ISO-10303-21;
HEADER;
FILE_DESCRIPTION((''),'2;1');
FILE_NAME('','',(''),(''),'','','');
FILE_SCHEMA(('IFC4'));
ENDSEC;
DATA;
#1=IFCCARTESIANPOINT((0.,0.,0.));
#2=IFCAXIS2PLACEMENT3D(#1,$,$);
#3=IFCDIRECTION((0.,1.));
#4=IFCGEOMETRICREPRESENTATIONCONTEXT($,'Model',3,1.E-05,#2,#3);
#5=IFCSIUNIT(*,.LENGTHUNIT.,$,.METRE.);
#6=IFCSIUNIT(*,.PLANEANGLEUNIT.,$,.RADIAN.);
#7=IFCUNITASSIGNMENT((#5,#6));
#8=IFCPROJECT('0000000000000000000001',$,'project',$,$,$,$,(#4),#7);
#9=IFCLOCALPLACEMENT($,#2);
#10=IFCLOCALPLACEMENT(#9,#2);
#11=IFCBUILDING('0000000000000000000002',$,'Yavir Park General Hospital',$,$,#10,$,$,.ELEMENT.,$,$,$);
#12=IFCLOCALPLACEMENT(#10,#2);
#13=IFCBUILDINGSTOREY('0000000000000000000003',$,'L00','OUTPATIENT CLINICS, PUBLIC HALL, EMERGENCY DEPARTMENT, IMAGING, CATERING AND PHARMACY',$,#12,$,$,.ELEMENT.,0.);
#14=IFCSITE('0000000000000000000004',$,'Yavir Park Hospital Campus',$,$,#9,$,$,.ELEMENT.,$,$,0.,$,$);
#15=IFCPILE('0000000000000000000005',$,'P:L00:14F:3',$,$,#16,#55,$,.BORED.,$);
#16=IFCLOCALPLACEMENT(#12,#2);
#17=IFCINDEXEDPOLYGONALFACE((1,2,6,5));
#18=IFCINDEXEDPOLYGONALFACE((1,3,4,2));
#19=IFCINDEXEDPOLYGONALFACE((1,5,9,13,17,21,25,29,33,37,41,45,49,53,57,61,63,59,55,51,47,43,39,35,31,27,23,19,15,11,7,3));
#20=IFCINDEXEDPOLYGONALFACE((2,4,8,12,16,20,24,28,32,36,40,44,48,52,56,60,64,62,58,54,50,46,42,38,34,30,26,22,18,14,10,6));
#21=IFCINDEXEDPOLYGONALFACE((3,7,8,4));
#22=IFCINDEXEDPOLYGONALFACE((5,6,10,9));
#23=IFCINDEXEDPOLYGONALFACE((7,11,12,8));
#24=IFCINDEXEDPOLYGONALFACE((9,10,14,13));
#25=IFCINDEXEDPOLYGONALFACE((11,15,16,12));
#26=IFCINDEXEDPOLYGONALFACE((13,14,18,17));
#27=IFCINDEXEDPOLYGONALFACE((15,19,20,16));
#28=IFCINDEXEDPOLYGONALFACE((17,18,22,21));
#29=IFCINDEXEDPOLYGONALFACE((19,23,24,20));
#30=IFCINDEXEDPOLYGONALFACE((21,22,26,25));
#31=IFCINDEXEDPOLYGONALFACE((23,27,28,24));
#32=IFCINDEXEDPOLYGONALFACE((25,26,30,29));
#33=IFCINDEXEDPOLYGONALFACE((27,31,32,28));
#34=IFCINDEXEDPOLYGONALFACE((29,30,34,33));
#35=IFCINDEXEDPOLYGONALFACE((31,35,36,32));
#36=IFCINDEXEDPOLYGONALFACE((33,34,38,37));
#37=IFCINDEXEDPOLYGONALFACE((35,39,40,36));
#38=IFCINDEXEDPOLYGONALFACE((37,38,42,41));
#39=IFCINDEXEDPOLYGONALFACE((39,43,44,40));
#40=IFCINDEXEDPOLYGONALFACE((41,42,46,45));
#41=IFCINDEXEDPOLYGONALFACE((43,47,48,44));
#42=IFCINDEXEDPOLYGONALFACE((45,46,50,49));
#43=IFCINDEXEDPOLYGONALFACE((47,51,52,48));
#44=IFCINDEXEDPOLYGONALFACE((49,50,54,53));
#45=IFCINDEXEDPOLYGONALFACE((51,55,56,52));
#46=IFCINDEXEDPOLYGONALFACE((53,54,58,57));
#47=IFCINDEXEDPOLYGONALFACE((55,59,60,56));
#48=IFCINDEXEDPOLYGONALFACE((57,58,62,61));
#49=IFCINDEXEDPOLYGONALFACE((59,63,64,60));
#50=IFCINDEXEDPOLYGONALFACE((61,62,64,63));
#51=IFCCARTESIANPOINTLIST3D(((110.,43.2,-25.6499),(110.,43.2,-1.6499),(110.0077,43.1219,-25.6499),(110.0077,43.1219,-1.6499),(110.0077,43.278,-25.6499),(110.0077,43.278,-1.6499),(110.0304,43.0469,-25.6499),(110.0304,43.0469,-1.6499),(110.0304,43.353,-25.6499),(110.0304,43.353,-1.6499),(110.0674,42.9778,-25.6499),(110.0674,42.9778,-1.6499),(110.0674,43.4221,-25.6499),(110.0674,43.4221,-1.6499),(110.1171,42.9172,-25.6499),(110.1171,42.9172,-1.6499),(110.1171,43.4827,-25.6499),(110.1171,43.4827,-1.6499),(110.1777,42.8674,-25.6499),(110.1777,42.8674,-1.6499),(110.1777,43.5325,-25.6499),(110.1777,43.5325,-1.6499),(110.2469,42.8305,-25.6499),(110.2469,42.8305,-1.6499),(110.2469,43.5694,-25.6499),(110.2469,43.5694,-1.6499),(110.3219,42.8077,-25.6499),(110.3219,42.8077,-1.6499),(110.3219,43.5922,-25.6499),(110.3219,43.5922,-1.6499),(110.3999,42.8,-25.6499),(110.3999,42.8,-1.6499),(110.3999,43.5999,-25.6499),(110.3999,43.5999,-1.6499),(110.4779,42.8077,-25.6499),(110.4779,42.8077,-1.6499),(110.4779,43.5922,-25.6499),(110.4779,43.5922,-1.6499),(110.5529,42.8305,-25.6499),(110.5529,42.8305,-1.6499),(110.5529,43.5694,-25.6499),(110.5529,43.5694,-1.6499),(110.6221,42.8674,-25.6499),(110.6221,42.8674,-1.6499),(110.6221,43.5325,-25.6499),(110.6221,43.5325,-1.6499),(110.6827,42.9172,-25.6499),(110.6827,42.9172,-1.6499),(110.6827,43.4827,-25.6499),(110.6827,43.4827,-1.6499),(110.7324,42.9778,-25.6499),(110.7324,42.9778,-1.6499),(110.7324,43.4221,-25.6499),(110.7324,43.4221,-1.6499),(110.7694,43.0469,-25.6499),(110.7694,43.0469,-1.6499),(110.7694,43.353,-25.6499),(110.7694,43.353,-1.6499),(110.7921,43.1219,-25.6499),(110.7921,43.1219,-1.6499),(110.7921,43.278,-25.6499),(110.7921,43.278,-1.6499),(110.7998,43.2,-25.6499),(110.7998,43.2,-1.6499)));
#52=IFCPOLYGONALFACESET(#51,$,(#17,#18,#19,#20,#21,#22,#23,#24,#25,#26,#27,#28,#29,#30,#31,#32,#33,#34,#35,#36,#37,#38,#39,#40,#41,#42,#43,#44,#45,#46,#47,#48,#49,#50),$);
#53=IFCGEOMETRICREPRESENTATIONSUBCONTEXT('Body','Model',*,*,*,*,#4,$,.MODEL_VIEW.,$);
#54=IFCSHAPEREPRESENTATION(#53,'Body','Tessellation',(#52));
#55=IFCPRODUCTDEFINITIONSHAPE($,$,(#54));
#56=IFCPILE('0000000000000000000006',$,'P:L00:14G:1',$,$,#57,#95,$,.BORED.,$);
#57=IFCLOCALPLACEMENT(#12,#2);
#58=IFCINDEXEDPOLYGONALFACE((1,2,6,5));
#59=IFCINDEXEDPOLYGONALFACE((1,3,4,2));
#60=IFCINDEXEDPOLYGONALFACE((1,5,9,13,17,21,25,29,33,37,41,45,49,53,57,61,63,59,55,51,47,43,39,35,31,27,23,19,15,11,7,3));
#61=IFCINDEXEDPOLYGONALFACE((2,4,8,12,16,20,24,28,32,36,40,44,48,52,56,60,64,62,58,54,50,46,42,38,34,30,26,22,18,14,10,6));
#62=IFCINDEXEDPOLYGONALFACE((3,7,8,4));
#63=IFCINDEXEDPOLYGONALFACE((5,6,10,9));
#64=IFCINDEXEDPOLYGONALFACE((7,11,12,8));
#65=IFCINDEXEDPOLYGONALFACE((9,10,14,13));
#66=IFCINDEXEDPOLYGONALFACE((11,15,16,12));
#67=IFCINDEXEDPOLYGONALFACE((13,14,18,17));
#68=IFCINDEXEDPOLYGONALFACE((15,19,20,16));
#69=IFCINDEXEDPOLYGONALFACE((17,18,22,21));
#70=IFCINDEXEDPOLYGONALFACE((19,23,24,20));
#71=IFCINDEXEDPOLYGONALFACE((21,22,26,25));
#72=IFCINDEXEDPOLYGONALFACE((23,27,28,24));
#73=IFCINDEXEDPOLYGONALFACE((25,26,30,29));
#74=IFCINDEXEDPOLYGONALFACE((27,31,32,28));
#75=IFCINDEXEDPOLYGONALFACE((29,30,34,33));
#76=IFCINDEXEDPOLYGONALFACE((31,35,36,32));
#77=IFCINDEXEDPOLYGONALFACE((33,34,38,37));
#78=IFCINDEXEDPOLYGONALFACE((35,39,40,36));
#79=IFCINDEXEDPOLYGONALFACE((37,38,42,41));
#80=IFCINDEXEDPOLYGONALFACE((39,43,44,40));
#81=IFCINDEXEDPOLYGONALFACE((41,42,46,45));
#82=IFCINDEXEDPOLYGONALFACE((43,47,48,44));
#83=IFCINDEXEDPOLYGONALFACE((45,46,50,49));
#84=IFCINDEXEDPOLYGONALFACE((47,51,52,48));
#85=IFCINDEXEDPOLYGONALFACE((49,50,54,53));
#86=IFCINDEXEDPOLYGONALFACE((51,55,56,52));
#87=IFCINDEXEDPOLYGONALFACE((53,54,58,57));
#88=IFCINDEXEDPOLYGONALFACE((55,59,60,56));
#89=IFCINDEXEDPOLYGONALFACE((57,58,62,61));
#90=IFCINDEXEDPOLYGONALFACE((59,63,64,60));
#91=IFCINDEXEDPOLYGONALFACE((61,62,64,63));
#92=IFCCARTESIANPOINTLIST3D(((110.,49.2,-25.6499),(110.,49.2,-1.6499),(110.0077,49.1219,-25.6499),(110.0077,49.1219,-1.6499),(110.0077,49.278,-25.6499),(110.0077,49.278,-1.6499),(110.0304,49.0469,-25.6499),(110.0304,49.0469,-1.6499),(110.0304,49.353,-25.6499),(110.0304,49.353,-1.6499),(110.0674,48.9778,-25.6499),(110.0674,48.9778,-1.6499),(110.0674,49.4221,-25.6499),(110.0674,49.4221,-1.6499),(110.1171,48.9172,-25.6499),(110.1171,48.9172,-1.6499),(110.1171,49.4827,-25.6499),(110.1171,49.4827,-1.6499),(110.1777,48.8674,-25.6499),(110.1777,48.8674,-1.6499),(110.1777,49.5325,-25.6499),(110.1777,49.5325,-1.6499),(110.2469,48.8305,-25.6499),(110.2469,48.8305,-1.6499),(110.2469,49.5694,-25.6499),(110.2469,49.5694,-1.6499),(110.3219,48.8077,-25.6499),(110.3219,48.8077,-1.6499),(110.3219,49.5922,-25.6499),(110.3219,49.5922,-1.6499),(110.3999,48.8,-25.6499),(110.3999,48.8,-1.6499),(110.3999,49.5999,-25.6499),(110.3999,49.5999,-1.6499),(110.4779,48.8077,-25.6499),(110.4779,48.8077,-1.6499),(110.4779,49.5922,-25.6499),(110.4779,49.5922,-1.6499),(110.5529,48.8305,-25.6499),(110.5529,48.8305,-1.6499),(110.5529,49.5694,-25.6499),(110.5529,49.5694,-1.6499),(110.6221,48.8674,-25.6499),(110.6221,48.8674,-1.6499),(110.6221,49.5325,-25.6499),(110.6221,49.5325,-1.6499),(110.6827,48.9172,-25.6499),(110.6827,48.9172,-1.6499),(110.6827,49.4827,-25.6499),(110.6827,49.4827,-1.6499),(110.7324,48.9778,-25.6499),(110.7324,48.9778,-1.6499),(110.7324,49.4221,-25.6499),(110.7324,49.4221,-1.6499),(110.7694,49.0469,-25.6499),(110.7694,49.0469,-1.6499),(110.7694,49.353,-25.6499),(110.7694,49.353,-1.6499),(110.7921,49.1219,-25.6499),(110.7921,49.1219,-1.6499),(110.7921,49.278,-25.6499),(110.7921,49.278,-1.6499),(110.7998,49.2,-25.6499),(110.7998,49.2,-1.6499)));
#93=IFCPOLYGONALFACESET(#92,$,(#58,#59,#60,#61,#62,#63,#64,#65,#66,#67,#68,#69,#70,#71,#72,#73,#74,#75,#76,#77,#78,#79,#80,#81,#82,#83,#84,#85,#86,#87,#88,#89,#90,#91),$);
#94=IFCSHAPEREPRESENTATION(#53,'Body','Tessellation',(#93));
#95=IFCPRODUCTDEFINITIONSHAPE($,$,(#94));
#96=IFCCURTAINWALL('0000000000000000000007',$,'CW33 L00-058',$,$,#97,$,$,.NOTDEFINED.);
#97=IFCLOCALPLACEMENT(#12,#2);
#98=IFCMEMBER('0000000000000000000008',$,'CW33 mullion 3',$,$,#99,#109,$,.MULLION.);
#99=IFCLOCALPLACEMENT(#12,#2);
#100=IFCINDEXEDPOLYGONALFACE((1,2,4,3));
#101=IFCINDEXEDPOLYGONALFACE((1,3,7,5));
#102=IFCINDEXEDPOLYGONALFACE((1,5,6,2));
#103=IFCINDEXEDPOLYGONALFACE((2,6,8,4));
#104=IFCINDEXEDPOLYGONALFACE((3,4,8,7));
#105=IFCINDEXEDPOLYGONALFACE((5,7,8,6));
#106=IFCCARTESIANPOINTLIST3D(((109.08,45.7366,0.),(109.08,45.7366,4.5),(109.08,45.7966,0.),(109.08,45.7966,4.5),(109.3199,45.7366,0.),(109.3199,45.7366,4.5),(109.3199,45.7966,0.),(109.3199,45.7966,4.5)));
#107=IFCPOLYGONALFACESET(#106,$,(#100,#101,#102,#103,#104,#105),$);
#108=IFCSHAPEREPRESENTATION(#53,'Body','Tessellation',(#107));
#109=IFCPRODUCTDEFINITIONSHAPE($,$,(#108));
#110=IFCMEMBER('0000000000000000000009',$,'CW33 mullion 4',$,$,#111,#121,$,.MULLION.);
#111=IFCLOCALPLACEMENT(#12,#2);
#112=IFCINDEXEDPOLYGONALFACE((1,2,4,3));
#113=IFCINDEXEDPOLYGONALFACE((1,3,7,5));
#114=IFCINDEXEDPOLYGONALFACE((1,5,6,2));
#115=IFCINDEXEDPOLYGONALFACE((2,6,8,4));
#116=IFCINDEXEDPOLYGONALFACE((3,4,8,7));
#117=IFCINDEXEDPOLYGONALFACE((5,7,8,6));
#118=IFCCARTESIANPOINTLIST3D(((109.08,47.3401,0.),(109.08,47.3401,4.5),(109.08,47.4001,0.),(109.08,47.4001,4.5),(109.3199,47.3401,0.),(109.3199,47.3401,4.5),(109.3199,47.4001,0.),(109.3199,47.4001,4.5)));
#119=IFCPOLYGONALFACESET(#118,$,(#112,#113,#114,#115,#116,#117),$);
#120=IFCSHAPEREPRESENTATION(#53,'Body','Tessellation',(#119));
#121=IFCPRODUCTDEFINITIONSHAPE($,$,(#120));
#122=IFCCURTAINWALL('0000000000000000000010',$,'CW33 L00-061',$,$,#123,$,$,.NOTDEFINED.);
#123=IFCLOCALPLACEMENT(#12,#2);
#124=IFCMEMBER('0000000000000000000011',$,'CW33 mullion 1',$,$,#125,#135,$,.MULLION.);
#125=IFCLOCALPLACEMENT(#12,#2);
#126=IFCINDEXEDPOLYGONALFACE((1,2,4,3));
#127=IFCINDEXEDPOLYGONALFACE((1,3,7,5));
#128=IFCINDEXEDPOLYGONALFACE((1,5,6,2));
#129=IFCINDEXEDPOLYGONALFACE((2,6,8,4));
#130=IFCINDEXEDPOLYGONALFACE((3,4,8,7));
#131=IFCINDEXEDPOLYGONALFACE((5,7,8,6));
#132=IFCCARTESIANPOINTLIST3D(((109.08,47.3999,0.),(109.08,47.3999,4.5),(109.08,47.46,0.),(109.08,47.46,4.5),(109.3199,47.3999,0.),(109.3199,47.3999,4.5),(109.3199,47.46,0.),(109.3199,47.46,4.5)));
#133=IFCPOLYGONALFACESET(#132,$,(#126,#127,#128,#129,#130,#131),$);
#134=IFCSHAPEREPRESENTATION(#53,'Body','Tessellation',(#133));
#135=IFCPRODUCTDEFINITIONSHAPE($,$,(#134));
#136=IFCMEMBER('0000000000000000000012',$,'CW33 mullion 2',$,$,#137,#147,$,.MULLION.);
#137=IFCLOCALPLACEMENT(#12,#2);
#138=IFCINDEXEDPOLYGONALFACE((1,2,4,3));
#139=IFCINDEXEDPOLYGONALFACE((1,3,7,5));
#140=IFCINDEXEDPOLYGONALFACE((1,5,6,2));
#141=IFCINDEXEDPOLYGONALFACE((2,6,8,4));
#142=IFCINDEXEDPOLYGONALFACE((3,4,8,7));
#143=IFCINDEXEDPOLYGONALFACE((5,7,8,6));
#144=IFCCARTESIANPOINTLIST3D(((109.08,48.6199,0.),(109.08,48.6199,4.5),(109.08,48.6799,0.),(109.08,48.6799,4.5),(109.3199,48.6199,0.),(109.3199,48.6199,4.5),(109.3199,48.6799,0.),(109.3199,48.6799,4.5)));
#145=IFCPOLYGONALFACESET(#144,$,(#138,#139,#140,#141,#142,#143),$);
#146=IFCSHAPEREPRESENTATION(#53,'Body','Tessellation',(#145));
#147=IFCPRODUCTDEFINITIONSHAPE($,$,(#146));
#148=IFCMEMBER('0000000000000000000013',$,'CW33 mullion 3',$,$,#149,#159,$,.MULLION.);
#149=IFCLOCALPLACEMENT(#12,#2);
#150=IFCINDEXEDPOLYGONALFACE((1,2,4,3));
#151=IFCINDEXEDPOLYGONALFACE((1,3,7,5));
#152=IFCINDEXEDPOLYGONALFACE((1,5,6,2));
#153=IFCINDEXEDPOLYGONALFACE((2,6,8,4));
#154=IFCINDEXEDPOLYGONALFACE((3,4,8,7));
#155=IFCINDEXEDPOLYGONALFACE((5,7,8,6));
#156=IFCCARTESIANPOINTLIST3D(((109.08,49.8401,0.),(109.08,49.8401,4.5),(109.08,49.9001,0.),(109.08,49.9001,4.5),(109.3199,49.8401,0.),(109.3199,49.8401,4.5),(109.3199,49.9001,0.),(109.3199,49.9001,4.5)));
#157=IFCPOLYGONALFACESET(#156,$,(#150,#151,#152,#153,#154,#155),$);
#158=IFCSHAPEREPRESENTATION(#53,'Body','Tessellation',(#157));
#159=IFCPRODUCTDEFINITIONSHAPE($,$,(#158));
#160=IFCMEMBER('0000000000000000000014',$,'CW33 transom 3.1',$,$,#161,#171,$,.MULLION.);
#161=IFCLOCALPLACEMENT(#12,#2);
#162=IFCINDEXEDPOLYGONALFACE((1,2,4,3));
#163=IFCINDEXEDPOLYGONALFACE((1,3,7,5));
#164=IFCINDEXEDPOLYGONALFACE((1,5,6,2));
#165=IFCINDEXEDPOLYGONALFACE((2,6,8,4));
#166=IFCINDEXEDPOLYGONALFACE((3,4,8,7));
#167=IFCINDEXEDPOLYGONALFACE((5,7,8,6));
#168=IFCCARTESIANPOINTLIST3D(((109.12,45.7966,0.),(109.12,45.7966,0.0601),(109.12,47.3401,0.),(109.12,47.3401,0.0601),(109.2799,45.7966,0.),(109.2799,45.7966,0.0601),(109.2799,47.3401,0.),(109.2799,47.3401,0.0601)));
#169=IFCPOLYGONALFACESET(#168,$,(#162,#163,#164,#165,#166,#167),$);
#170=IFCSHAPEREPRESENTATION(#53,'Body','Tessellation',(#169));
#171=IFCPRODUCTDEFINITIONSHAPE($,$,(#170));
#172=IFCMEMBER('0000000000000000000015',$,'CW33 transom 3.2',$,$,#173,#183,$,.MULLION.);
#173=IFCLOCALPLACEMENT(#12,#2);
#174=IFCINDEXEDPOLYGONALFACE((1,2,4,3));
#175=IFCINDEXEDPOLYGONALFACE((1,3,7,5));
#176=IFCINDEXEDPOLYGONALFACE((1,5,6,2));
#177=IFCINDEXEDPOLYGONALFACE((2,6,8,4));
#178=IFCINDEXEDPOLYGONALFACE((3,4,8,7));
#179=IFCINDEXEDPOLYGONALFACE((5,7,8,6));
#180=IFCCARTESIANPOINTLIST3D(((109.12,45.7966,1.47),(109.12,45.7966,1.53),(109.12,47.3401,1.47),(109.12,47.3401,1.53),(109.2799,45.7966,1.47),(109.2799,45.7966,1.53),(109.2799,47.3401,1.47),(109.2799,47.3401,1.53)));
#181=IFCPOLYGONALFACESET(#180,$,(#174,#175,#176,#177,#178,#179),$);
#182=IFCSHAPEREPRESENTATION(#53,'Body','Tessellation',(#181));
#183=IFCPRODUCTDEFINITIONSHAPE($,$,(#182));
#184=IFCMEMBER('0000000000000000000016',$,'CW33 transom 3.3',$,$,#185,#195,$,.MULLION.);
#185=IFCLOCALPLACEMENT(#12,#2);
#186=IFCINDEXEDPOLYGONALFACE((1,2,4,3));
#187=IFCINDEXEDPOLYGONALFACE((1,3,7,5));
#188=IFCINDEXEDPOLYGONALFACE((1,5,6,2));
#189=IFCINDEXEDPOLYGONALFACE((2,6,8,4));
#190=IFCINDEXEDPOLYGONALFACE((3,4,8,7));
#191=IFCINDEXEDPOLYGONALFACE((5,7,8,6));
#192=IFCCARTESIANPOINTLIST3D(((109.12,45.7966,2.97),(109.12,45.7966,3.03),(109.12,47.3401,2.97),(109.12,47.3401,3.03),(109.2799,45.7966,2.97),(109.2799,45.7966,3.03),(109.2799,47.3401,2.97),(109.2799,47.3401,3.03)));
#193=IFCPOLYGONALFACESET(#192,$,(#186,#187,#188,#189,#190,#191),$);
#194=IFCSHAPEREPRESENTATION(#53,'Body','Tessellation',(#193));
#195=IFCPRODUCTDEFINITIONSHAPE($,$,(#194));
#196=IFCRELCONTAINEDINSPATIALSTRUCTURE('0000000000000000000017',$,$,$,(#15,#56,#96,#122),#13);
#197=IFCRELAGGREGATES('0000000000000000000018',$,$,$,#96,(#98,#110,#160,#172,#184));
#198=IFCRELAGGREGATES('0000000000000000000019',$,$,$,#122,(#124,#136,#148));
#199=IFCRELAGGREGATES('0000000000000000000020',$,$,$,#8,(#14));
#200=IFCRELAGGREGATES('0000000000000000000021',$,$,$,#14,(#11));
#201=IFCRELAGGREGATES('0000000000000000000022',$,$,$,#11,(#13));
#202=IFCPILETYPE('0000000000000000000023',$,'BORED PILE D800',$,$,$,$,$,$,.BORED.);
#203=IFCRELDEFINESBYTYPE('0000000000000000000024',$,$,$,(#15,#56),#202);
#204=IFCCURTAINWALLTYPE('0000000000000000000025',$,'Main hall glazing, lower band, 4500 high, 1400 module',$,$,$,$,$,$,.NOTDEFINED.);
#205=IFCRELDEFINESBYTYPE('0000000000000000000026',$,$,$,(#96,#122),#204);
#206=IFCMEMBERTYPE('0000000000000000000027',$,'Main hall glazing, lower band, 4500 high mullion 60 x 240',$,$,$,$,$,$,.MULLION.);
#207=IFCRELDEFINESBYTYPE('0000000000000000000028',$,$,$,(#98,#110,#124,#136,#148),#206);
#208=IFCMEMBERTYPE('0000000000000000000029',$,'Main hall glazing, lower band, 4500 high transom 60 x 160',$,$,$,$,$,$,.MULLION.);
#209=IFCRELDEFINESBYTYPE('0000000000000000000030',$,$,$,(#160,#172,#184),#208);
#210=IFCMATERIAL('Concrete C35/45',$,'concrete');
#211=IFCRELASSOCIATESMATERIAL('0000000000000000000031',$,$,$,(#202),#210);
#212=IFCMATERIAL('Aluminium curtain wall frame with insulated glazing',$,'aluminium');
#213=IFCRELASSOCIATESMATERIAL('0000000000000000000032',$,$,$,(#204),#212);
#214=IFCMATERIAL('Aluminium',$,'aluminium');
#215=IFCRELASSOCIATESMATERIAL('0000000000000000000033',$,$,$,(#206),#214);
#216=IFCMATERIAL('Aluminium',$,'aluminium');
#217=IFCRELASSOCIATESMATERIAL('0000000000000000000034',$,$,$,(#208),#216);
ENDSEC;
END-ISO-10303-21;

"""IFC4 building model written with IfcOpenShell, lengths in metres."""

from ifc_helpers import new_model, si_unit, direction, frame, origin, origin_2d, place, context, subcontext, project, spatial, rectangle, circle, extrude, material, material_profile, profile_set, type_object, element, aggregate, save


model = new_model("IFC4")

# Units and contexts
model_context = context("Model", 3, precision=1e-05, world=origin(), true_north=direction((0.0, 1.0)))
body_context = subcontext(model_context, "Body", "Model", "MODEL_VIEW")
ifc_project = project(units=[si_unit("LENGTHUNIT", "METRE"), si_unit("PLANEANGLEUNIT", "RADIAN")], contexts=[model_context])

# Site, building, storey
site_placement = place(None, origin())
site = spatial("IfcSite", under=ifc_project, at=site_placement, Name="Yavir Park Hospital Campus", CompositionType="ELEMENT", RefElevation=0.0)
building_placement = place(site_placement, origin())
building = spatial("IfcBuilding", under=site, at=building_placement, Name="Yavir Park General Hospital", CompositionType="ELEMENT")
storey_placement = place(building_placement, origin())
storey = spatial("IfcBuildingStorey", under=building, at=storey_placement, Name="L00", Description="OUTPATIENT CLINICS, PUBLIC HALL, EMERGENCY DEPARTMENT, IMAGING, CATERING AND PHARMACY", CompositionType="ELEMENT", Elevation=0.0)

# Piles
ifc_material_1 = material(Name="Concrete C35/45", Category="concrete")
ifc_material_profile_1 = material_profile(ifc_material_1, circle(Radius=0.3999, at=origin_2d()), Name="D800")
ifc_profile_set_1 = profile_set([ifc_material_profile_1], Name="Concrete C35/45")
pile_type = type_object("IfcPileType", Name="BORED PILE D800", PredefinedType="BORED", material=ifc_profile_set_1)
for number, where, z_axis, x_axis, name in (
    (1, (110.3999, 43.2, -1.6499), (0.0, 0.0, -1.0), (1.0, 0.0, 0.0), "P:L00:14F:3"),
    (2, (110.3999, 49.2, -1.6499), (0.0, 0.0, -1.0), (1.0, 0.0, 0.0), "P:L00:14G:1"),
):
    element("IfcPile", number, at=place(storey_placement, frame(where, z_axis=z_axis, x_axis=x_axis)), inside=storey, type_object=pile_type, Name=name, PredefinedType="BORED", context=body_context, shape_type="SweptSolid", body=[
        extrude(circle(Radius=0.3999, at=origin_2d()), origin(), (0.0, 0.0, 1.0), 24.0),
    ])

# Curtain walls, members
ifc_material_2 = material(Name="Aluminium curtain wall frame with insulated glazing", Category="aluminium")
curtain_wall_type_1 = type_object("IfcCurtainWallType", Name="Main hall glazing, lower band, 4500 high, 1400 module", PredefinedType="NOTDEFINED", material=ifc_material_2)
curtain_wall_1_placement = place(storey_placement, origin())
curtain_wall_1 = element("IfcCurtainWall", 3, at=curtain_wall_1_placement, inside=storey, type_object=curtain_wall_type_1, Name="CW33 L00-058", PredefinedType="NOTDEFINED")
ifc_material_3 = material(Name="Aluminium", Category="aluminium")
ifc_material_profile_2 = material_profile(ifc_material_3, rectangle(XDim=0.24, YDim=0.0601, at=origin_2d()), Name="AL 60x240")
ifc_profile_set_2 = profile_set([ifc_material_profile_2], Name="Aluminium")
member_type_1 = type_object("IfcMemberType", Name="Main hall glazing, lower band, 4500 high mullion 60 x 240", PredefinedType="MULLION", material=ifc_profile_set_2)
member_1_placement = place(storey_placement, frame((109.2, 45.7666, 0.0), z_axis=(0.0, 0.0, 1.0), x_axis=(-1.0, 0.0, 0.0)))
member_1 = element("IfcMember", 4, at=member_1_placement, type_object=member_type_1, Name="CW33 mullion 3", PredefinedType="MULLION", context=body_context, shape_type="SweptSolid", body=[
    extrude(rectangle(XDim=0.24, YDim=0.0601, at=origin_2d()), origin(), (0.0, 0.0, 1.0), 4.5),
])
member_2_placement = place(storey_placement, frame((109.2, 47.3701, 0.0), z_axis=(0.0, 0.0, 1.0), x_axis=(-1.0, 0.0, 0.0)))
member_2 = element("IfcMember", 5, at=member_2_placement, type_object=member_type_1, Name="CW33 mullion 4", PredefinedType="MULLION", context=body_context, shape_type="SweptSolid", body=[
    extrude(rectangle(XDim=0.24, YDim=0.0601, at=origin_2d()), origin(), (0.0, 0.0, 1.0), 4.5),
])
curtain_wall_2_placement = place(storey_placement, origin())
curtain_wall_2 = element("IfcCurtainWall", 6, at=curtain_wall_2_placement, inside=storey, type_object=curtain_wall_type_1, Name="CW33 L00-061", PredefinedType="NOTDEFINED")
member_3_placement = place(storey_placement, frame((109.2, 47.4299, 0.0), z_axis=(0.0, 0.0, 1.0), x_axis=(-1.0, 0.0, 0.0)))
member_3 = element("IfcMember", 7, at=member_3_placement, type_object=member_type_1, Name="CW33 mullion 1", PredefinedType="MULLION", context=body_context, shape_type="SweptSolid", body=[
    extrude(rectangle(XDim=0.24, YDim=0.0601, at=origin_2d()), origin(), (0.0, 0.0, 1.0), 4.5),
])
member_4_placement = place(storey_placement, frame((109.2, 48.6499, 0.0), z_axis=(0.0, 0.0, 1.0), x_axis=(-1.0, 0.0, 0.0)))
member_4 = element("IfcMember", 8, at=member_4_placement, type_object=member_type_1, Name="CW33 mullion 2", PredefinedType="MULLION", context=body_context, shape_type="SweptSolid", body=[
    extrude(rectangle(XDim=0.24, YDim=0.0601, at=origin_2d()), origin(), (0.0, 0.0, 1.0), 4.5),
])
member_5_placement = place(storey_placement, frame((109.2, 49.8701, 0.0), z_axis=(0.0, 0.0, 1.0), x_axis=(-1.0, 0.0, 0.0)))
member_5 = element("IfcMember", 9, at=member_5_placement, type_object=member_type_1, Name="CW33 mullion 3", PredefinedType="MULLION", context=body_context, shape_type="SweptSolid", body=[
    extrude(rectangle(XDim=0.24, YDim=0.0601, at=origin_2d()), origin(), (0.0, 0.0, 1.0), 4.5),
])

# Members
ifc_material_4 = material(Name="Aluminium", Category="aluminium")
ifc_material_profile_3 = material_profile(ifc_material_4, rectangle(XDim=0.1599, YDim=0.0601, at=origin_2d()), Name="AL 160x60")
ifc_profile_set_3 = profile_set([ifc_material_profile_3], Name="Aluminium")
member_type_2 = type_object("IfcMemberType", Name="Main hall glazing, lower band, 4500 high transom 60 x 160", PredefinedType="MULLION", material=ifc_profile_set_3)
member_6_placement = place(storey_placement, frame((109.2, 45.7966, 0.03), z_axis=(0.0, 1.0, 0.0), x_axis=(-1.0, 0.0, 0.0)))
member_6 = element("IfcMember", 10, at=member_6_placement, type_object=member_type_2, Name="CW33 transom 3.1", PredefinedType="MULLION", context=body_context, shape_type="SweptSolid", body=[
    extrude(rectangle(XDim=0.1599, YDim=0.0601, at=origin_2d()), origin(), (0.0, 0.0, 1.0), 1.5435),
])
member_7_placement = place(storey_placement, frame((109.2, 45.7966, 1.5), z_axis=(0.0, 1.0, 0.0), x_axis=(-1.0, 0.0, 0.0)))
member_7 = element("IfcMember", 11, at=member_7_placement, type_object=member_type_2, Name="CW33 transom 3.2", PredefinedType="MULLION", context=body_context, shape_type="SweptSolid", body=[
    extrude(rectangle(XDim=0.1599, YDim=0.0601, at=origin_2d()), origin(), (0.0, 0.0, 1.0), 1.5435),
])
member_8_placement = place(storey_placement, frame((109.2, 45.7966, 3.0), z_axis=(0.0, 1.0, 0.0), x_axis=(-1.0, 0.0, 0.0)))
member_8 = element("IfcMember", 12, at=member_8_placement, type_object=member_type_2, Name="CW33 transom 3.3", PredefinedType="MULLION", context=body_context, shape_type="SweptSolid", body=[
    extrude(rectangle(XDim=0.1599, YDim=0.0601, at=origin_2d()), origin(), (0.0, 0.0, 1.0), 1.5435),
])

aggregate(curtain_wall_1, [member_1, member_2, member_6, member_7, member_8])
aggregate(curtain_wall_2, [member_3, member_4, member_5])

save(model, "model.ifc")
